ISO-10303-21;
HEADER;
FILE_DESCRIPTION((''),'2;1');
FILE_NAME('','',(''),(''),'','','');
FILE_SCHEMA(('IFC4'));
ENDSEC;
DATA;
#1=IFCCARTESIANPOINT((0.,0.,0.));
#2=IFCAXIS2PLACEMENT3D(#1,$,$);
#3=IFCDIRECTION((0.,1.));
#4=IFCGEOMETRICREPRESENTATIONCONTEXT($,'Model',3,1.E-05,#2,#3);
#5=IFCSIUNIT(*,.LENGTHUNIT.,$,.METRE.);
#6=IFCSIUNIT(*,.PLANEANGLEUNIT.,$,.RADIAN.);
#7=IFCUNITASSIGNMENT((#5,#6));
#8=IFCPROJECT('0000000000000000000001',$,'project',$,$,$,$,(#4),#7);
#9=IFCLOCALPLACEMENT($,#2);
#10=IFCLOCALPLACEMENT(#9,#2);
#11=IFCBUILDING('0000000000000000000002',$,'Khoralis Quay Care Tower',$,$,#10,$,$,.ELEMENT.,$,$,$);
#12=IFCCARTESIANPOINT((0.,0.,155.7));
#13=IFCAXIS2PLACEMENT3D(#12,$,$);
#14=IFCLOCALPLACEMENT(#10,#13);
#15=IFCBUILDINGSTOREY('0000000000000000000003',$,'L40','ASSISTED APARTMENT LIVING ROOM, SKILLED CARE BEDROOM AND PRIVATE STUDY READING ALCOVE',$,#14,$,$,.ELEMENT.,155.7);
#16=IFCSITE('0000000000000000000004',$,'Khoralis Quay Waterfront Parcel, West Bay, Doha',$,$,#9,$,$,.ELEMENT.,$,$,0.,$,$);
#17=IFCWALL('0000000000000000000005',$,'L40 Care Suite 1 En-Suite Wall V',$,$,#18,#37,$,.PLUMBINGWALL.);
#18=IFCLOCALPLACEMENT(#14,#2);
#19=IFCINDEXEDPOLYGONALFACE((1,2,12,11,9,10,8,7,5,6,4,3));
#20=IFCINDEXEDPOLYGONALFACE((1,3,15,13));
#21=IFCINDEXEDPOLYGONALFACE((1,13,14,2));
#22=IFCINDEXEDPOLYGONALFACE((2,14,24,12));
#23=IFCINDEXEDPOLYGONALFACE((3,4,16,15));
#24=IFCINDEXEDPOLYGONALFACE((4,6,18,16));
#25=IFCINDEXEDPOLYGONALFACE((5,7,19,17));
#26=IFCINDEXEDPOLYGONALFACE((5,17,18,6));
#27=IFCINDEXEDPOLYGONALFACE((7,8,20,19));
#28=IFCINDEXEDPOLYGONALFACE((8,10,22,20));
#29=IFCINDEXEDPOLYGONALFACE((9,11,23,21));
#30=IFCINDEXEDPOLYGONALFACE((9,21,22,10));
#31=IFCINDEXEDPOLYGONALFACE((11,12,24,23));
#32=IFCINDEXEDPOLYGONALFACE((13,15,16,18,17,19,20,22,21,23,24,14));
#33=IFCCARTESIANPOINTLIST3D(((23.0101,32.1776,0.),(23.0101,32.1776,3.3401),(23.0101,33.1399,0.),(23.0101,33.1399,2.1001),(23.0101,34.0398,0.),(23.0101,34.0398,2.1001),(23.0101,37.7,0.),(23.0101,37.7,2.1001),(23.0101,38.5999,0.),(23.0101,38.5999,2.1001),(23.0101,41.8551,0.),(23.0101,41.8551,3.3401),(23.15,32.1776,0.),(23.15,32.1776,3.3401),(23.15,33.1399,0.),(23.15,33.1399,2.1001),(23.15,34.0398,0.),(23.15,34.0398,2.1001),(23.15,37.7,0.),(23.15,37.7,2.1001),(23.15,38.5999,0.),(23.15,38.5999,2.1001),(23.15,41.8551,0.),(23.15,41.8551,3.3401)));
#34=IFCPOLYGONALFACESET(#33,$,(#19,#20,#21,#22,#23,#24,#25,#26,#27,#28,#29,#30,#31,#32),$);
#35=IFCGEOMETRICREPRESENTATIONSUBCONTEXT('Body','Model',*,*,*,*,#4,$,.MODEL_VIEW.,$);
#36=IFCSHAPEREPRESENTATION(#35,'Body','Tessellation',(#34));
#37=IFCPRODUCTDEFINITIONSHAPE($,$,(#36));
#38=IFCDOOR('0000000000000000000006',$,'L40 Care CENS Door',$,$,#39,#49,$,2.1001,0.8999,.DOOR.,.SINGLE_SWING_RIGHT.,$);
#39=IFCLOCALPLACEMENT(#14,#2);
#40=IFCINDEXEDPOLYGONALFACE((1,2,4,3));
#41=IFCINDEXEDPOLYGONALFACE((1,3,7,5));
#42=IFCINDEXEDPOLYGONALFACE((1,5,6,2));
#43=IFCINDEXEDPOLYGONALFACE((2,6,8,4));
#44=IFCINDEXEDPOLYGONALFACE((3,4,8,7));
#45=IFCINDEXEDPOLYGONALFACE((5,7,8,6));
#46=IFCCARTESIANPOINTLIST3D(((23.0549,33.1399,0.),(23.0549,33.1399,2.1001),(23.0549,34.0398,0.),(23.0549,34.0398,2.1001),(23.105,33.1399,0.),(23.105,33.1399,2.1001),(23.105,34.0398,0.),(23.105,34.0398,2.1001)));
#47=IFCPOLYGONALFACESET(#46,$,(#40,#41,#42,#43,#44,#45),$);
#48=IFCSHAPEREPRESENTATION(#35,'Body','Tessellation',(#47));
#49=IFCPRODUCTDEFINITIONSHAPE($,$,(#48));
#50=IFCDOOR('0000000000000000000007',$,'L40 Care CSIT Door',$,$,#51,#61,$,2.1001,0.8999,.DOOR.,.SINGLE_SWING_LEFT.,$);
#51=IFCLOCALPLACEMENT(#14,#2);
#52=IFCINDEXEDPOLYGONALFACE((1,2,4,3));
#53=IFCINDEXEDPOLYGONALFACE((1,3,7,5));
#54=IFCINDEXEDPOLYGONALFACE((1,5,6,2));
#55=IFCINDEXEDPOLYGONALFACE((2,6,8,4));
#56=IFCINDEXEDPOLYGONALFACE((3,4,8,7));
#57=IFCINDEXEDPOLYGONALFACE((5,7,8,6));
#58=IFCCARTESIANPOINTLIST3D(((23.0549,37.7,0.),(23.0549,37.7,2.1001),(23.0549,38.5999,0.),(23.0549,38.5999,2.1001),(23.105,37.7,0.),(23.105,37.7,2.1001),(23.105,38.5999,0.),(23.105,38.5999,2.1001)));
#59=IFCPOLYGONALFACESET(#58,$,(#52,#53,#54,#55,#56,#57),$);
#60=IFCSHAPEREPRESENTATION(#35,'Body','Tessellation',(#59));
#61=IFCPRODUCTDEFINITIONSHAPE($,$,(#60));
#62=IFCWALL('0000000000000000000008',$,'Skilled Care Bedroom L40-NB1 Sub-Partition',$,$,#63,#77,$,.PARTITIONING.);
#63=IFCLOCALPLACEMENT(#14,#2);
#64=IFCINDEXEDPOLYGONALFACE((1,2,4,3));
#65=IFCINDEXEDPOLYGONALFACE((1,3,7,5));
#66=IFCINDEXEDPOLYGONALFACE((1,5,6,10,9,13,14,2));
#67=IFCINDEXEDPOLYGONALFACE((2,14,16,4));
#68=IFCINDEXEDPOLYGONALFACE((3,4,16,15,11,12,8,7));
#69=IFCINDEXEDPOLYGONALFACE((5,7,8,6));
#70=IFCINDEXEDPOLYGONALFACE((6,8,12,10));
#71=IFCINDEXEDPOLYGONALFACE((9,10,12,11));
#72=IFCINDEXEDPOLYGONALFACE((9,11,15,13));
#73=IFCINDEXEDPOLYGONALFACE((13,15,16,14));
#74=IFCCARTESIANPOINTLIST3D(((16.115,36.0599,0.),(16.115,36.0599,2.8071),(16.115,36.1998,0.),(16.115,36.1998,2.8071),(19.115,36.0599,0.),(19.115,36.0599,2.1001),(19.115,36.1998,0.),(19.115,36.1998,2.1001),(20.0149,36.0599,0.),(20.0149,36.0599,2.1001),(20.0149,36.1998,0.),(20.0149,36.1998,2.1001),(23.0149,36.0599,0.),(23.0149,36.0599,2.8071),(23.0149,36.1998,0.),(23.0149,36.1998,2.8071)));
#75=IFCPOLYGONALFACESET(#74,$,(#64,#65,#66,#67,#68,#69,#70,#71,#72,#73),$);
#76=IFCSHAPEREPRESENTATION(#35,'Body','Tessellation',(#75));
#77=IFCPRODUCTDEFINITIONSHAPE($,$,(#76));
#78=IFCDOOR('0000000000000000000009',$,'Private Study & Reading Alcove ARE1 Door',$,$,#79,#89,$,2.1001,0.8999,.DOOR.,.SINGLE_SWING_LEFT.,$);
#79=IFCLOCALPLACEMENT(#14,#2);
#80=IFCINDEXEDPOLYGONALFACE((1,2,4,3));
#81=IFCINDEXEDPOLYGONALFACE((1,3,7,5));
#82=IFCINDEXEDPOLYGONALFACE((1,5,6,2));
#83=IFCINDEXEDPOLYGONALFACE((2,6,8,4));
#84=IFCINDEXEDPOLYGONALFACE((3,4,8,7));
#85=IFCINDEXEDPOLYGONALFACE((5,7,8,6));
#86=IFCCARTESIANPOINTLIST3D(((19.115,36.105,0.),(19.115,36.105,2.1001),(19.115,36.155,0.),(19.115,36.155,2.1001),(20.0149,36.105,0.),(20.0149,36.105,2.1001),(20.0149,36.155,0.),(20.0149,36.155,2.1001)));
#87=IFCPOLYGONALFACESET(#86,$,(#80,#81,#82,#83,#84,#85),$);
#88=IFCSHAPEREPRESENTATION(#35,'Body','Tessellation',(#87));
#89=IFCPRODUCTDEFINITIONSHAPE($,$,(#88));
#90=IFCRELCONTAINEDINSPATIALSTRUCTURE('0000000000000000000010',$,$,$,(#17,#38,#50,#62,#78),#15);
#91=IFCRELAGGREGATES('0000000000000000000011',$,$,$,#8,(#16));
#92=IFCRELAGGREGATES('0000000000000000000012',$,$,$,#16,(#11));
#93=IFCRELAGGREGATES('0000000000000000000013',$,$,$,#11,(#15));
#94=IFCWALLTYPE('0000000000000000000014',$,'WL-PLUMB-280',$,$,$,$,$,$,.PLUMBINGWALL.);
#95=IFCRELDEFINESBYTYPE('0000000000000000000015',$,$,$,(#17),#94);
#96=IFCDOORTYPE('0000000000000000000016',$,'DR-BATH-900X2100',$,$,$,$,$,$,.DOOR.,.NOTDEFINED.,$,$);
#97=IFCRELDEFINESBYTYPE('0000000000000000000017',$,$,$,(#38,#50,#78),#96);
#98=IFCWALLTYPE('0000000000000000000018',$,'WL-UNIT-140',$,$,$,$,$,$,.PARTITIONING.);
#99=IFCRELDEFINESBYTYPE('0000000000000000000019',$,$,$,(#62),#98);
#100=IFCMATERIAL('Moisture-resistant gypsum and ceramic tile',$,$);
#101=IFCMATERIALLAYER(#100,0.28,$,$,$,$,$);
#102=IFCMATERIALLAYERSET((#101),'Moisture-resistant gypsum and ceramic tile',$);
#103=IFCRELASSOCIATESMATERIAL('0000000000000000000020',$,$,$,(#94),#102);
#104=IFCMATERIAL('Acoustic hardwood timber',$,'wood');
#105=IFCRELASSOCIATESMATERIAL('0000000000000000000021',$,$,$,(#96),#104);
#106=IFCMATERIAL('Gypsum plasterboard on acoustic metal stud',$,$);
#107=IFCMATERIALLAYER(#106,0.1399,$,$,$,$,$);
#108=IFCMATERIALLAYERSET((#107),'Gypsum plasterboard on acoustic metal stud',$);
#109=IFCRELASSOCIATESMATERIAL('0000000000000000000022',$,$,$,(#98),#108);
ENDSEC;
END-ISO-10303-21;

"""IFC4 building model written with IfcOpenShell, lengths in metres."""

from ifc_helpers import new_model, si_unit, direction, frame, frame_2d, origin, place, context, subcontext, project, spatial, rectangle, extrude, source, transform, mapped, material, layer, layer_set, type_object, element, fill, save


model = new_model("IFC4")

# Units and contexts
model_context = context("Model", 3, precision=1e-05, world=origin(), true_north=direction((0.0, 1.0)))
body_context = subcontext(model_context, "Body", "Model", "MODEL_VIEW")
ifc_project = project(units=[si_unit("LENGTHUNIT", "METRE"), si_unit("PLANEANGLEUNIT", "RADIAN")], contexts=[model_context])

# Site, building, storey
site_placement = place(None, origin())
site = spatial("IfcSite", under=ifc_project, at=site_placement, Name="Khoralis Quay Waterfront Parcel, West Bay, Doha", CompositionType="ELEMENT", RefElevation=0.0)
building_placement = place(site_placement, origin())
building = spatial("IfcBuilding", under=site, at=building_placement, Name="Khoralis Quay Care Tower", CompositionType="ELEMENT")
storey_placement = place(building_placement, frame((0.0, 0.0, 155.7)))
storey = spatial("IfcBuildingStorey", under=building, at=storey_placement, Name="L40", Description="ASSISTED APARTMENT LIVING ROOM, SKILLED CARE BEDROOM AND PRIVATE STUDY READING ALCOVE", CompositionType="ELEMENT", Elevation=155.7)

# Wall, openings, doors
ifc_material_1 = material(Name="Moisture-resistant gypsum and ceramic tile")
ifc_layer_1 = layer(ifc_material_1, 0.28)
ifc_layer_set_1 = layer_set([ifc_layer_1], Name="Moisture-resistant gypsum and ceramic tile")
wall_type_1 = type_object("IfcWallType", Name="WL-PLUMB-280", PredefinedType="PLUMBINGWALL", material=ifc_layer_set_1)
wall_1_placement = place(storey_placement, frame((23.0801, 32.1775, 0.0), z_axis=(0.0, 0.0, 1.0), x_axis=(0.0, 1.0, 0.0)))
wall_1 = element("IfcWall", 1, at=wall_1_placement, inside=storey, type_object=wall_type_1, Name="L40 Care Suite 1 En-Suite Wall V", PredefinedType="PLUMBINGWALL", context=body_context, shape_type="SweptSolid", body=[
    extrude(rectangle(XDim=9.6775, YDim=0.1399, at=frame_2d((4.8389, 0.0))), origin(), (0.0, 0.0, 1.0), 3.3401),
])
opening_1_placement = place(wall_1_placement, frame((0.9624, 0.0, 0.0)))
opening_1 = element("IfcOpeningElement", 2, at=opening_1_placement, cuts=wall_1, PredefinedType="OPENING", context=body_context, shape_type="SweptSolid", body=[
    extrude(rectangle(XDim=0.8999, YDim=2.1001, at=frame_2d((0.45, 1.05))), frame((0.0, 0.0801, 0.0), z_axis=(0.0, -1.0, 0.0), x_axis=(1.0, 0.0, 0.0)), (0.0, 0.0, 1.0), 0.1599),
])
opening_2_placement = place(wall_1_placement, frame((5.5225, 0.0, 0.0)))
opening_2 = element("IfcOpeningElement", 3, at=opening_2_placement, cuts=wall_1, PredefinedType="OPENING", context=body_context, shape_type="SweptSolid", body=[
    extrude(rectangle(XDim=0.8999, YDim=2.1001, at=frame_2d((0.45, 1.05))), frame((0.0, 0.0801, 0.0), z_axis=(0.0, -1.0, 0.0), x_axis=(1.0, 0.0, 0.0)), (0.0, 0.0, 1.0), 0.1599),
])
ifc_material_2 = material(Name="Acoustic hardwood timber", Category="wood")
door_type = type_object("IfcDoorType", Name="DR-BATH-900X2100", OperationType="NOTDEFINED", PredefinedType="DOOR", material=ifc_material_2)
shared_shape_1 = source(origin(), body_context, "Body", "SweptSolid", [
    extrude(rectangle(XDim=0.8999, YDim=2.1001, at=frame_2d((0.45, 1.05))), frame((0.0, 0.0249, 0.0), z_axis=(0.0, -1.0, 0.0), x_axis=(1.0, 0.0, 0.0)), (0.0, 0.0, 1.0), 0.05),
])
door_1_placement = place(opening_1_placement, frame((0.8999, 0.0, 0.0), z_axis=(0.0, 0.0, 1.0), x_axis=(-1.0, 0.0, 0.0)))
door_1 = element("IfcDoor", 4, at=door_1_placement, inside=storey, type_object=door_type, Name="L40 Care CENS Door", OperationType="SINGLE_SWING_RIGHT", OverallHeight=2.1001, OverallWidth=0.8999, PredefinedType="DOOR", context=body_context, shape_type="MappedRepresentation", body=[
    mapped(shared_shape_1, transform((0.0, 0.0, 0.0), scale=1.0)),
])
fill(opening_1, door_1)
door_2_placement = place(opening_2_placement, frame((0.8999, 0.0, 0.0), z_axis=(0.0, 0.0, 1.0), x_axis=(-1.0, 0.0, 0.0)))
door_2 = element("IfcDoor", 5, at=door_2_placement, inside=storey, type_object=door_type, Name="L40 Care CSIT Door", OperationType="SINGLE_SWING_LEFT", OverallHeight=2.1001, OverallWidth=0.8999, PredefinedType="DOOR", context=body_context, shape_type="MappedRepresentation", body=[
    mapped(shared_shape_1, transform((0.0, 0.0, 0.0), scale=1.0)),
])
fill(opening_2, door_2)

# Wall, opening, door
ifc_material_3 = material(Name="Gypsum plasterboard on acoustic metal stud")
ifc_layer_2 = layer(ifc_material_3, 0.1399)
ifc_layer_set_2 = layer_set([ifc_layer_2], Name="Gypsum plasterboard on acoustic metal stud")
wall_type_2 = type_object("IfcWallType", Name="WL-UNIT-140", PredefinedType="PARTITIONING", material=ifc_layer_set_2)
wall_2_placement = place(storey_placement, frame((16.115, 36.1299, 0.0), z_axis=(0.0, 0.0, 1.0), x_axis=(1.0, 0.0, 0.0)))
wall_2 = element("IfcWall", 6, at=wall_2_placement, inside=storey, type_object=wall_type_2, Name="Skilled Care Bedroom L40-NB1 Sub-Partition", PredefinedType="PARTITIONING", context=body_context, shape_type="SweptSolid", body=[
    extrude(rectangle(XDim=6.8999, YDim=0.1399, at=frame_2d((3.45, 0.0))), origin(), (0.0, 0.0, 1.0), 2.8071),
])
opening_3_placement = place(wall_2_placement, frame((3.0, 0.0, 0.0)))
opening_3 = element("IfcOpeningElement", 7, at=opening_3_placement, cuts=wall_2, PredefinedType="OPENING", context=body_context, shape_type="SweptSolid", body=[
    extrude(rectangle(XDim=0.8999, YDim=2.1001, at=frame_2d((0.45, 1.05))), frame((0.0, 0.0801, 0.0), z_axis=(0.0, -1.0, 0.0), x_axis=(1.0, 0.0, 0.0)), (0.0, 0.0, 1.0), 0.1599),
])
door_3_placement = place(opening_3_placement, frame((0.8999, 0.0, 0.0), z_axis=(0.0, 0.0, 1.0), x_axis=(-1.0, 0.0, 0.0)))
door_3 = element("IfcDoor", 8, at=door_3_placement, inside=storey, type_object=door_type, Name="Private Study & Reading Alcove ARE1 Door", OperationType="SINGLE_SWING_LEFT", OverallHeight=2.1001, OverallWidth=0.8999, PredefinedType="DOOR", context=body_context, shape_type="MappedRepresentation", body=[
    mapped(shared_shape_1, transform((0.0, 0.0, 0.0), scale=1.0)),
])
fill(opening_3, door_3)

save(model, "model.ifc")
